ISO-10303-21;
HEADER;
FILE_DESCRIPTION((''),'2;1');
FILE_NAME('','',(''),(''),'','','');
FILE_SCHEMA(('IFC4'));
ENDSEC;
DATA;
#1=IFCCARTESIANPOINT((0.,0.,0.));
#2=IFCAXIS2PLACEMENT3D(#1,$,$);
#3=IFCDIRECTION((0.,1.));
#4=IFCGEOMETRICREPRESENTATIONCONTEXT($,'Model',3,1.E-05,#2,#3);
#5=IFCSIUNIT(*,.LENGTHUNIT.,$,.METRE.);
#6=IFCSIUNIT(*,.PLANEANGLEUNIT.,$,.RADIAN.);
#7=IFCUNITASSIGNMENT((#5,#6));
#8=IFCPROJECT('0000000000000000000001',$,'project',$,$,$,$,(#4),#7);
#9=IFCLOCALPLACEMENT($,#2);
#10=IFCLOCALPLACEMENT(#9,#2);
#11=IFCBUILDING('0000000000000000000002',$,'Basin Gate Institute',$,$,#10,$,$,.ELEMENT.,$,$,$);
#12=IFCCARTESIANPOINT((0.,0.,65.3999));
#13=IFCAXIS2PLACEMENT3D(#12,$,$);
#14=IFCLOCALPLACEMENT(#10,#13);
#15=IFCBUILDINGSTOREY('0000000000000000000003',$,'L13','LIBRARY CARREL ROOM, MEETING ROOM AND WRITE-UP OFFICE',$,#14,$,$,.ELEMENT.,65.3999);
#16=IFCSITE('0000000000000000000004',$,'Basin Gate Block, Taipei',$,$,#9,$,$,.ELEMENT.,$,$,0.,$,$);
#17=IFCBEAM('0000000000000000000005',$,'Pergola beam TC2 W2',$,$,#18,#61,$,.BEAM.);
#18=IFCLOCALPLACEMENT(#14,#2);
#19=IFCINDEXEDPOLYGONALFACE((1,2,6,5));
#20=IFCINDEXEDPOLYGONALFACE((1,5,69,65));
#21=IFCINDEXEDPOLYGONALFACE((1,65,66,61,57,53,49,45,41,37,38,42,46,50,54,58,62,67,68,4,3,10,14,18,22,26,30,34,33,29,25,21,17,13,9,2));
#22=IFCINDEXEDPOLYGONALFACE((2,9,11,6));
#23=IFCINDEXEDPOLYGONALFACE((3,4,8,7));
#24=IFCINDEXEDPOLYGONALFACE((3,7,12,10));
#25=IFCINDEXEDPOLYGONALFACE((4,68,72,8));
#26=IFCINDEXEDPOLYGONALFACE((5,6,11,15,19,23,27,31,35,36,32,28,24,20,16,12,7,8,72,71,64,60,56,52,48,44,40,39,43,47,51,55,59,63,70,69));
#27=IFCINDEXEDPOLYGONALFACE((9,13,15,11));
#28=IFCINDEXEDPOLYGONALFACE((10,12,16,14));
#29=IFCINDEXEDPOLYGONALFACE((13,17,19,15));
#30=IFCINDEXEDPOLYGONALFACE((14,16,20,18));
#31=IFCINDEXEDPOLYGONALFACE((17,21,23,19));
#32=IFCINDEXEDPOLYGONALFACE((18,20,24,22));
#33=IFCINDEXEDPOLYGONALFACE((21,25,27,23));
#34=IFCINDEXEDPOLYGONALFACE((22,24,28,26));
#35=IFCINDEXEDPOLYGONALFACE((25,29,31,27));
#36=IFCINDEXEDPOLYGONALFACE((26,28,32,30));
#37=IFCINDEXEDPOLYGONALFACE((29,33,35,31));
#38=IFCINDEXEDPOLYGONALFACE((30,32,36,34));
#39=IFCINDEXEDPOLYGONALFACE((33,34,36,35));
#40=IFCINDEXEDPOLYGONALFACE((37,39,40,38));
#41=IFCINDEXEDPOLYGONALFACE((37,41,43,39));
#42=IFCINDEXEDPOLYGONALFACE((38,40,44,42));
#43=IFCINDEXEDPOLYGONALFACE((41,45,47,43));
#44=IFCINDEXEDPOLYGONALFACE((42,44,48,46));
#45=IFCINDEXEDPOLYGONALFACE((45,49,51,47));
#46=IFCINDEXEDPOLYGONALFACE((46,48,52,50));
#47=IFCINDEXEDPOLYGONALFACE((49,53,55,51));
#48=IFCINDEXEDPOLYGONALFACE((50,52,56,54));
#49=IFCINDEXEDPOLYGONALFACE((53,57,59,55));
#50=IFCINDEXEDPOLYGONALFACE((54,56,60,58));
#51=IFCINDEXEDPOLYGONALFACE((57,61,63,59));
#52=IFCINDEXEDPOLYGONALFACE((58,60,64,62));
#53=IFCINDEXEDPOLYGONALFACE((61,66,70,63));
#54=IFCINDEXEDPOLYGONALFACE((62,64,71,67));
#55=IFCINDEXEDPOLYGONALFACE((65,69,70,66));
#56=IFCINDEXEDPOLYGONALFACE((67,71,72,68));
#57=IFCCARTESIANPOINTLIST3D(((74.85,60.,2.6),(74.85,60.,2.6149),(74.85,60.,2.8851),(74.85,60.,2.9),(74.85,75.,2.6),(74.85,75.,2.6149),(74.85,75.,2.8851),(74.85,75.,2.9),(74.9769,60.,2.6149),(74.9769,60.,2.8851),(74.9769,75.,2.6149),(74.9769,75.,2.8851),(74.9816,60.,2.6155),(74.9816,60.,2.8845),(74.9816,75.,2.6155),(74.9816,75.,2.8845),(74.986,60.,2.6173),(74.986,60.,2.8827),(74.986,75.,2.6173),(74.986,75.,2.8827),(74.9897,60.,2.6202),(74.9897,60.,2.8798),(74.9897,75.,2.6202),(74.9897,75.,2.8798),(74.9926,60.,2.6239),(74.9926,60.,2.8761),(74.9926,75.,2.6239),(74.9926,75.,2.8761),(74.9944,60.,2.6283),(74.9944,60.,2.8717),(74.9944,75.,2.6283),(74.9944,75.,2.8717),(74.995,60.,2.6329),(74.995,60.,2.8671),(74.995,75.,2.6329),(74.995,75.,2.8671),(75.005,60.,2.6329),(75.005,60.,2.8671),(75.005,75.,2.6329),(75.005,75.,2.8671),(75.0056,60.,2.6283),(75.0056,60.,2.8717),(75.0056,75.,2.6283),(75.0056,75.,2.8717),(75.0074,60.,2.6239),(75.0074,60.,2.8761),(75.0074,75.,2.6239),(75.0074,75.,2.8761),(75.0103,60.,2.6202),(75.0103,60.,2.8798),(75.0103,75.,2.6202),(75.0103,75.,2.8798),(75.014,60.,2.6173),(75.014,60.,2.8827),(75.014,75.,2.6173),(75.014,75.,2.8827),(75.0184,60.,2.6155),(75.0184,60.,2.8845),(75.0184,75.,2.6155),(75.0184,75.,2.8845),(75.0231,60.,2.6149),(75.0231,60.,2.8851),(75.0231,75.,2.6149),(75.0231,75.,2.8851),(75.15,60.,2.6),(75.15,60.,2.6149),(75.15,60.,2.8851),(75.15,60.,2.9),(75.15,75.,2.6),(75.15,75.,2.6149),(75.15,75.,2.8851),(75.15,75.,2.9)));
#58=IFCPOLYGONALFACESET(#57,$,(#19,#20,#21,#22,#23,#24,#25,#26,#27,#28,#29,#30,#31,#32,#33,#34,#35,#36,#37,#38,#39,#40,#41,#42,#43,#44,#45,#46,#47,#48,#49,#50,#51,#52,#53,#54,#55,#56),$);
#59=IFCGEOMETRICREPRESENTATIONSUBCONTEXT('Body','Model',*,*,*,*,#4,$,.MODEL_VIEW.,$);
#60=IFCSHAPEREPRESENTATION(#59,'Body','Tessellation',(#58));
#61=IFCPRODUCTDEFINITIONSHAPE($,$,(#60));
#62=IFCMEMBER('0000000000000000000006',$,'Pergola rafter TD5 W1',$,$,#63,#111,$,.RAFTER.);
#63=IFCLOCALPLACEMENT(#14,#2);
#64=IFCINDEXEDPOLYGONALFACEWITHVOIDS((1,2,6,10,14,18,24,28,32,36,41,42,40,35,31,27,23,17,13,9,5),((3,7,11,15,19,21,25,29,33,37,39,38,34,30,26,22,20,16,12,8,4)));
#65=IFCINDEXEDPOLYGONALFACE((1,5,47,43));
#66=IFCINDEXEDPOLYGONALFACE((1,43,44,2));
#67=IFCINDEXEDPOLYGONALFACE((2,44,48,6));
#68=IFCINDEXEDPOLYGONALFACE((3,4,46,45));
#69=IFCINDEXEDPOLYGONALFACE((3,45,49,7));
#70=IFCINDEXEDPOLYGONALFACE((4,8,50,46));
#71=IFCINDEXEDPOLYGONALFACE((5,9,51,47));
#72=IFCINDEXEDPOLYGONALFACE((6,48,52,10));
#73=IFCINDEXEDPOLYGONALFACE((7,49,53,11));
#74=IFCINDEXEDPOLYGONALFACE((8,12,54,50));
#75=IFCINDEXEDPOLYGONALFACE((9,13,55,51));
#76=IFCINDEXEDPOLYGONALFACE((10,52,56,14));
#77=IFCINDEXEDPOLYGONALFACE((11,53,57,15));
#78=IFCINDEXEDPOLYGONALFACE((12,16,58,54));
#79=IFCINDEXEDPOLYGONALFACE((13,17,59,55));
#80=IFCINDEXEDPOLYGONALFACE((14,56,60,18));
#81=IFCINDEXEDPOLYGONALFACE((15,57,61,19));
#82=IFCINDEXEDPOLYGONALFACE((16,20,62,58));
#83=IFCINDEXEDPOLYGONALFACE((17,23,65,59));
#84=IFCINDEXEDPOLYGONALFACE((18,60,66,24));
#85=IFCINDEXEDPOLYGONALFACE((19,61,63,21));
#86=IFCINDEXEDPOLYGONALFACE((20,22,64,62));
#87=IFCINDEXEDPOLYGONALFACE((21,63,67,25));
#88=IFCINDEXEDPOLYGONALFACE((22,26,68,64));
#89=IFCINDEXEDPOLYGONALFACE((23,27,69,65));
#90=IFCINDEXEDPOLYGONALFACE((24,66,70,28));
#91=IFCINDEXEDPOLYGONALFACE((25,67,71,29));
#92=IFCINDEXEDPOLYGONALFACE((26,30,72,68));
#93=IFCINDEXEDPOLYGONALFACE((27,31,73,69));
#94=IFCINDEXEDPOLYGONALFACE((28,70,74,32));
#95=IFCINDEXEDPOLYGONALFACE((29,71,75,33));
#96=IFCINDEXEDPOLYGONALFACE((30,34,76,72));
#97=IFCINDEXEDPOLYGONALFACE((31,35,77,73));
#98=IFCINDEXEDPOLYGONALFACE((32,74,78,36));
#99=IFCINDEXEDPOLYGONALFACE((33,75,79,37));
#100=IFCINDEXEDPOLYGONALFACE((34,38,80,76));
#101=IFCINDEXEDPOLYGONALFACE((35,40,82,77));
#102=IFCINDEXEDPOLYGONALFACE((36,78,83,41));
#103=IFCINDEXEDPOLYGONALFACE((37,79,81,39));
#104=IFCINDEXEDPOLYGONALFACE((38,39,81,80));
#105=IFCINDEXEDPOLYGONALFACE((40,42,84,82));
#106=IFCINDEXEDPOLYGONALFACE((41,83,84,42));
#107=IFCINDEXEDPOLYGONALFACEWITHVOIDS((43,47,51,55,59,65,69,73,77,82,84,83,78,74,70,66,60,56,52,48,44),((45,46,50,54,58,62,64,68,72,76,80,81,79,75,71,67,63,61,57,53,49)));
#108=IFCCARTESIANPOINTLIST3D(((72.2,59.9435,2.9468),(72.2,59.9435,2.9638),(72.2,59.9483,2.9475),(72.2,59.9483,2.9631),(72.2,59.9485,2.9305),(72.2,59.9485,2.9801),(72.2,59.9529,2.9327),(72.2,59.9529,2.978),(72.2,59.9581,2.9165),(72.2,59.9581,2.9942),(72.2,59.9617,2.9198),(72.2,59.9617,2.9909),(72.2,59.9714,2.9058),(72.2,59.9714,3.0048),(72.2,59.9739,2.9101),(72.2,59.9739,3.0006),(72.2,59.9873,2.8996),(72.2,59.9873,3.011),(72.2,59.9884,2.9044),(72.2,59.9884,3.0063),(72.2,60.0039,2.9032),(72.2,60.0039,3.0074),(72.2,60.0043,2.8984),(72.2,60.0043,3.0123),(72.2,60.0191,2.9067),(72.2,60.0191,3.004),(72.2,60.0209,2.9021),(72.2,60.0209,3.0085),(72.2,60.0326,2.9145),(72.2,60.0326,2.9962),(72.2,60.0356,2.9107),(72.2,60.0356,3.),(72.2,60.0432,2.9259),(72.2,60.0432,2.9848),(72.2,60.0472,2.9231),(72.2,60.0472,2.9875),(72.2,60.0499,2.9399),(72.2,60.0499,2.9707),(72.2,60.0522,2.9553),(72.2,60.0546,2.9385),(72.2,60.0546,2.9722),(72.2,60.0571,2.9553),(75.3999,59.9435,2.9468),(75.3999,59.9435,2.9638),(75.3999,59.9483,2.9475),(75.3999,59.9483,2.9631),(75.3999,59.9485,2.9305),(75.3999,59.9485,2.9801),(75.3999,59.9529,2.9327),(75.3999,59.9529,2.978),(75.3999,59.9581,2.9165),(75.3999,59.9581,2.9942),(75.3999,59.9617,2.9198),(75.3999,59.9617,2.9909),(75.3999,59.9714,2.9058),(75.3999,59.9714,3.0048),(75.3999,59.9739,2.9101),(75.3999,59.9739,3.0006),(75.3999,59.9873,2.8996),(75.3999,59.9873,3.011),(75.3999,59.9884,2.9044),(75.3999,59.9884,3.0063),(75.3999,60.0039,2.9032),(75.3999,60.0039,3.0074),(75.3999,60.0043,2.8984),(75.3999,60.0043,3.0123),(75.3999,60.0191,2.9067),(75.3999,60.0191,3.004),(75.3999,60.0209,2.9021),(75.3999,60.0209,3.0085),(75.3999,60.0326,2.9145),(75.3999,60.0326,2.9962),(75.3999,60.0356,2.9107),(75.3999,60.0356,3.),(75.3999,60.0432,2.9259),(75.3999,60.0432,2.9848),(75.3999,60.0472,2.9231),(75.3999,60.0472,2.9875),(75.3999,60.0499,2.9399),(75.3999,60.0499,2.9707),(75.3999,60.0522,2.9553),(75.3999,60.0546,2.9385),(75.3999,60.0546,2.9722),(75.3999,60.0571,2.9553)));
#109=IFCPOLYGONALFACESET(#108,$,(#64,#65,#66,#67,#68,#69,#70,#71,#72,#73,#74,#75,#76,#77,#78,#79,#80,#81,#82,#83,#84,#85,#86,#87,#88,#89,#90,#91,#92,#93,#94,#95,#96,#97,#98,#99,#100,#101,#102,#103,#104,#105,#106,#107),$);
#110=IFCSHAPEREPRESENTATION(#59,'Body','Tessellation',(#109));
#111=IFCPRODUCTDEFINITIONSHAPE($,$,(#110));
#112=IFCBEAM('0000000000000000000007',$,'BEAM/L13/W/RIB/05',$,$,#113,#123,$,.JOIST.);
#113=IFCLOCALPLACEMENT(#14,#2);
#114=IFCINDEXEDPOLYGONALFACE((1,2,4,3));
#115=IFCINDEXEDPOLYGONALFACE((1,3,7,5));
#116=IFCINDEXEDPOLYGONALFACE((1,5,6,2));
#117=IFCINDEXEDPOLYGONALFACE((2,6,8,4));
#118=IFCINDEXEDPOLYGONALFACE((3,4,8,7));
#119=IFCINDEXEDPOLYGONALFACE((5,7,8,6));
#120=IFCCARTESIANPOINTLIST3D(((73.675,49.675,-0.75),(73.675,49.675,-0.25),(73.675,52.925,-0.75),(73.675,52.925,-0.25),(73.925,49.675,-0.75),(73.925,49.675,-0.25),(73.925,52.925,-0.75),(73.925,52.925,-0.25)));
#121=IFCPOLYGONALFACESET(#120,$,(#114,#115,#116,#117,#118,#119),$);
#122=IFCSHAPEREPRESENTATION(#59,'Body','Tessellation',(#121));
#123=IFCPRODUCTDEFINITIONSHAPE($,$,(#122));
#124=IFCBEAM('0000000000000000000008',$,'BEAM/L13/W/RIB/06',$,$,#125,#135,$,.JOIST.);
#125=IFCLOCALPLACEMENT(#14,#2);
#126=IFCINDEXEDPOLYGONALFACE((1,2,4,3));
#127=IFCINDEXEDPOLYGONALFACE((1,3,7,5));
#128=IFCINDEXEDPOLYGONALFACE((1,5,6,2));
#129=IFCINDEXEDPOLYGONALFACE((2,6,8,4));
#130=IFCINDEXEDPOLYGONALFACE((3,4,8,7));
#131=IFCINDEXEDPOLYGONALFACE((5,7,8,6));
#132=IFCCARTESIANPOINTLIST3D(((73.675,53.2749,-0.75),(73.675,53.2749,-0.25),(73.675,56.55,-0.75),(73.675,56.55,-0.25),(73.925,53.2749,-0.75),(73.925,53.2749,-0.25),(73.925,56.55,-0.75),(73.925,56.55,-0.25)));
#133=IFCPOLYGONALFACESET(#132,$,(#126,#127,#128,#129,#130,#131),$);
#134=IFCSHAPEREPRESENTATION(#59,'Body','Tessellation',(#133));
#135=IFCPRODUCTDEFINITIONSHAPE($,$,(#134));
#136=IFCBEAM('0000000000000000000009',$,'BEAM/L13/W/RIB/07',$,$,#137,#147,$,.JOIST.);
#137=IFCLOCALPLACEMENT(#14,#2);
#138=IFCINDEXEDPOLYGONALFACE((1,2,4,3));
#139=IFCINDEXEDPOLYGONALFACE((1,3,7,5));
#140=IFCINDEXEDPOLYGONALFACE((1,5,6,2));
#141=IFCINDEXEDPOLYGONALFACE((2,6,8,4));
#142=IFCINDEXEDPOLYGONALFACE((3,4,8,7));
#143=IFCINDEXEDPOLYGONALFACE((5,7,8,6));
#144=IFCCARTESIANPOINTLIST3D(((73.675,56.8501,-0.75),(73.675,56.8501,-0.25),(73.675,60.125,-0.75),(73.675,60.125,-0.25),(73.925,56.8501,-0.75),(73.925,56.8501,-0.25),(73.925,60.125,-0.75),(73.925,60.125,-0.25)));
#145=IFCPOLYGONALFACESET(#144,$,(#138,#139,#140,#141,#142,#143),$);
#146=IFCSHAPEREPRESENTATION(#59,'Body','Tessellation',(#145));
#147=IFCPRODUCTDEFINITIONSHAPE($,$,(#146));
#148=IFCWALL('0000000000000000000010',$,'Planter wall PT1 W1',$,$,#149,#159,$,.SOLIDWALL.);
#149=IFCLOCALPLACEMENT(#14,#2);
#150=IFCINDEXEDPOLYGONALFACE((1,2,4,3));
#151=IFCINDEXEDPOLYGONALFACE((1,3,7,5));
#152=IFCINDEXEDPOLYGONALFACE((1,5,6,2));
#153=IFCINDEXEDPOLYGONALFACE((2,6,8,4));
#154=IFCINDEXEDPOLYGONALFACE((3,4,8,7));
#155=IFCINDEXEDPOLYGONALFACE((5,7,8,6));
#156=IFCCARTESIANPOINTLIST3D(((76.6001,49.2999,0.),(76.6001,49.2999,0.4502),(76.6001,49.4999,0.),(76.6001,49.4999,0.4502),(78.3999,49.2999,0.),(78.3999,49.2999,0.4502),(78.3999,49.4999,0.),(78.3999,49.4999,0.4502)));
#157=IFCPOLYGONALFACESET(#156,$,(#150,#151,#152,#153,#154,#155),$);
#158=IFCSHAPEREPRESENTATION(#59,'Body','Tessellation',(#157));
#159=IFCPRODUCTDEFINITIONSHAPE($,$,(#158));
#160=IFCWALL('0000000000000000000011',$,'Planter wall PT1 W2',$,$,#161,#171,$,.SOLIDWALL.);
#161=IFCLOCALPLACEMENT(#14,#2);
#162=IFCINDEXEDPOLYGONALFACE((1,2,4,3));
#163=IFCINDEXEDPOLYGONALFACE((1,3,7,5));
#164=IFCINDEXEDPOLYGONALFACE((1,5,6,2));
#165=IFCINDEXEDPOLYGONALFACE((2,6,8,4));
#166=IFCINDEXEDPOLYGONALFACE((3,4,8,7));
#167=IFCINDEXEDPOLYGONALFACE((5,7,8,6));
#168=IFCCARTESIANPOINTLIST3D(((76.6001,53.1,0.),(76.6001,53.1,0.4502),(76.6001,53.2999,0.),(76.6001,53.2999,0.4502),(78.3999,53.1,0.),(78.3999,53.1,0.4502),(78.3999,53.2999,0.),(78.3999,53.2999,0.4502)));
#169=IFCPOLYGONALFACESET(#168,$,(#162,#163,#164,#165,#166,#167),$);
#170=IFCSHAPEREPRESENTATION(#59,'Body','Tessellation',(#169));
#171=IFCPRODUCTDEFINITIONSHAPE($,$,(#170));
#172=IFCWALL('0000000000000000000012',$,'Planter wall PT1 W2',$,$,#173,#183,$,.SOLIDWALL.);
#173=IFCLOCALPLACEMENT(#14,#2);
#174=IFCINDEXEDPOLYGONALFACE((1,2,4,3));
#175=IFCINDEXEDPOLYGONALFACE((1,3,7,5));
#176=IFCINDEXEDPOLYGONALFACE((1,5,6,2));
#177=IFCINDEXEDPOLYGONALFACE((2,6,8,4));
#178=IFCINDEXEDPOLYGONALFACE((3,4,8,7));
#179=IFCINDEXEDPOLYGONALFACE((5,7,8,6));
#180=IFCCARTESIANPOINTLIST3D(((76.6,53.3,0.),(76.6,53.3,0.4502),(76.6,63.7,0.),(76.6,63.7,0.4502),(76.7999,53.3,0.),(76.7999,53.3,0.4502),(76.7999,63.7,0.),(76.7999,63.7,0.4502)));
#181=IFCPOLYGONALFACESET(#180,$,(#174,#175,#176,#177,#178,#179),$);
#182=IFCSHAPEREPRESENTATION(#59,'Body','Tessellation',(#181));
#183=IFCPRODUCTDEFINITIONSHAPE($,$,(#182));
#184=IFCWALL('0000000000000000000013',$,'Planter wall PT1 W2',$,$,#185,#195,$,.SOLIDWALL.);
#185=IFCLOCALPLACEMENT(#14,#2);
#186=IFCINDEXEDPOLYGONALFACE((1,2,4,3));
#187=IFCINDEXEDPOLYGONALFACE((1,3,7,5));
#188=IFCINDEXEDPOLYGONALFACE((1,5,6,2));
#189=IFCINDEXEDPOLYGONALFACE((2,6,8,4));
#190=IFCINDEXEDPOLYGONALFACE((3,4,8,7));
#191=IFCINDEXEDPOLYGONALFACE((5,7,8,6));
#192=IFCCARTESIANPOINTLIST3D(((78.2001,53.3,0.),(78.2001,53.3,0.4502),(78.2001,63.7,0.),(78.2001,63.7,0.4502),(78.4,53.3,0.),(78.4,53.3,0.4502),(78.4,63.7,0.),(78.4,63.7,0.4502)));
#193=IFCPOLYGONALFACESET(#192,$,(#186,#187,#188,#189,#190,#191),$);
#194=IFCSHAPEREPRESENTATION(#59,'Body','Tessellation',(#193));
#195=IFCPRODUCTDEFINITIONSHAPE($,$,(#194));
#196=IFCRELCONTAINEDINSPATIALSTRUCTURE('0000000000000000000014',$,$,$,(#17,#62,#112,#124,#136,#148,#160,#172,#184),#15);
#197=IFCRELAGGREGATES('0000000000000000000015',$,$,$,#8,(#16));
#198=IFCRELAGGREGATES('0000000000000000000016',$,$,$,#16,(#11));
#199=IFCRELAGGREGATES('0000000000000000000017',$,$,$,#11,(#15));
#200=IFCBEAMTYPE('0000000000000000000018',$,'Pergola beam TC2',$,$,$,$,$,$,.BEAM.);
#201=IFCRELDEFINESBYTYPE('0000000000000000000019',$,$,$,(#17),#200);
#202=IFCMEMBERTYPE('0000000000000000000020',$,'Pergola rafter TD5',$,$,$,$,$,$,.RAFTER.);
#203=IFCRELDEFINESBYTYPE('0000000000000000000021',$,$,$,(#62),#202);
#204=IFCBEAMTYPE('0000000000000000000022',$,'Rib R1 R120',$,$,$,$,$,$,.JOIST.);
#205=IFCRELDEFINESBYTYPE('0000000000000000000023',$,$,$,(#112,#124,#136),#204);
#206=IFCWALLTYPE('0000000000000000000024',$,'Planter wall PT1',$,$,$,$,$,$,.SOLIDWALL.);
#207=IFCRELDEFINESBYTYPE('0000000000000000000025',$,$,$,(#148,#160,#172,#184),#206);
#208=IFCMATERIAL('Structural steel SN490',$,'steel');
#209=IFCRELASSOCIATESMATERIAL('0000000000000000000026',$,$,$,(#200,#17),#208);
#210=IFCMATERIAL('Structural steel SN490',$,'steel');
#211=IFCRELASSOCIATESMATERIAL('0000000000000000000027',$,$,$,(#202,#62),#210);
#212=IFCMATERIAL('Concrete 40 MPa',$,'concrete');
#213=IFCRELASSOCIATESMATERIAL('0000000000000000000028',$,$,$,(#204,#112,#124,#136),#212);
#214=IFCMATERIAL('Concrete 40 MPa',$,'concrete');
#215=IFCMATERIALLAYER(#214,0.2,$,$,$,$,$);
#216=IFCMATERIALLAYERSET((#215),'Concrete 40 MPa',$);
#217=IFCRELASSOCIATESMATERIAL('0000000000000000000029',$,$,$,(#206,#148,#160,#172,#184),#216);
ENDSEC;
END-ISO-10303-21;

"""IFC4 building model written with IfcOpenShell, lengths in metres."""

from ifc_helpers import new_model, si_unit, direction, frame, frame_2d, origin, origin_2d, place, context, subcontext, project, spatial, rectangle, hollow_circle, i_section, extrude, material, layer, layer_set, material_profile, profile_set, type_object, element, save


model = new_model("IFC4")

# Units and contexts
model_context = context("Model", 3, precision=1e-05, world=origin(), true_north=direction((0.0, 1.0)))
body_context = subcontext(model_context, "Body", "Model", "MODEL_VIEW")
ifc_project = project(units=[si_unit("LENGTHUNIT", "METRE"), si_unit("PLANEANGLEUNIT", "RADIAN")], contexts=[model_context])

# Site, building, storey
site_placement = place(None, origin())
site = spatial("IfcSite", under=ifc_project, at=site_placement, Name="Basin Gate Block, Taipei", CompositionType="ELEMENT", RefElevation=0.0)
building_placement = place(site_placement, origin())
building = spatial("IfcBuilding", under=site, at=building_placement, Name="Basin Gate Institute", CompositionType="ELEMENT")
storey_placement = place(building_placement, frame((0.0, 0.0, 65.3999)))
storey = spatial("IfcBuildingStorey", under=building, at=storey_placement, Name="L13", Description="LIBRARY CARREL ROOM, MEETING ROOM AND WRITE-UP OFFICE", CompositionType="ELEMENT", Elevation=65.3999)

# Beam
ifc_material_1 = material(Name="Structural steel SN490", Category="steel")
ifc_material_profile_1 = material_profile(ifc_material_1, i_section(OverallWidth=0.3, OverallDepth=0.3, WebThickness=0.01, FlangeThickness=0.0149, FilletRadius=0.0181, at=origin_2d()), Name="H300x300")
ifc_profile_set_1 = profile_set([ifc_material_profile_1], Name="Structural steel SN490")
beam_type_1 = type_object("IfcBeamType", Name="Pergola beam TC2", PredefinedType="BEAM", material=ifc_profile_set_1)
for number, where, z_axis, x_axis, name in (
    (1, (75.0, 60.0, 2.75), (0.0, 1.0, 0.0), (-1.0, 0.0, 0.0), "Pergola beam TC2 W2"),
):
    element("IfcBeam", number, at=place(storey_placement, frame(where, z_axis=z_axis, x_axis=x_axis)), inside=storey, type_object=beam_type_1, material=ifc_profile_set_1, Name=name, PredefinedType="BEAM", context=body_context, shape_type="SweptSolid", body=[
        extrude(i_section(OverallWidth=0.3, OverallDepth=0.3, WebThickness=0.01, FlangeThickness=0.0149, FilletRadius=0.0181, at=origin_2d()), origin(), (0.0, 0.0, 1.0), 15.0),
    ])

# Member
ifc_material_2 = material(Name="Structural steel SN490", Category="steel")
ifc_material_profile_2 = material_profile(ifc_material_2, hollow_circle(Radius=0.0571, WallThickness=0.0049, at=origin_2d()), Name="CHS114x5")
ifc_profile_set_2 = profile_set([ifc_material_profile_2], Name="Structural steel SN490")
member_type = type_object("IfcMemberType", Name="Pergola rafter TD5", PredefinedType="RAFTER", material=ifc_profile_set_2)
member_placement = place(storey_placement, frame((72.2, 60.0, 2.9553), z_axis=(1.0, 0.0, 0.0), x_axis=(0.0, 1.0, 0.0)))
element("IfcMember", 2, at=member_placement, inside=storey, type_object=member_type, material=ifc_profile_set_2, Name="Pergola rafter TD5 W1", PredefinedType="RAFTER", context=body_context, shape_type="SweptSolid", body=[
    extrude(hollow_circle(Radius=0.0571, WallThickness=0.0049, at=origin_2d()), origin(), (0.0, 0.0, 1.0), 3.2),
])

# Beams
ifc_material_3 = material(Name="Concrete 40 MPa", Category="concrete")
ifc_material_profile_3 = material_profile(ifc_material_3, rectangle(XDim=0.25, YDim=0.5, at=origin_2d()), Name="Rib R1 250 x 500")
ifc_profile_set_3 = profile_set([ifc_material_profile_3], Name="Concrete 40 MPa")
beam_type_2 = type_object("IfcBeamType", Name="Rib R1 R120", PredefinedType="JOIST", material=ifc_profile_set_3)
beam_1_placement = place(storey_placement, frame((73.8, 49.675, -0.5), z_axis=(0.0, 1.0, 0.0), x_axis=(-1.0, 0.0, 0.0)))
element("IfcBeam", 3, at=beam_1_placement, inside=storey, type_object=beam_type_2, material=ifc_profile_set_3, Name="BEAM/L13/W/RIB/05", PredefinedType="JOIST", context=body_context, shape_type="SweptSolid", body=[
    extrude(rectangle(XDim=0.25, YDim=0.5, at=origin_2d()), origin(), (0.0, 0.0, 1.0), 3.25),
])
beam_2_placement = place(storey_placement, frame((73.8, 53.2749, -0.5), z_axis=(0.0, 1.0, 0.0), x_axis=(-1.0, 0.0, 0.0)))
element("IfcBeam", 4, at=beam_2_placement, inside=storey, type_object=beam_type_2, material=ifc_profile_set_3, Name="BEAM/L13/W/RIB/06", PredefinedType="JOIST", context=body_context, shape_type="SweptSolid", body=[
    extrude(rectangle(XDim=0.25, YDim=0.5, at=origin_2d()), origin(), (0.0, 0.0, 1.0), 3.2751),
])
beam_3_placement = place(storey_placement, frame((73.8, 56.8501, -0.5), z_axis=(0.0, 1.0, 0.0), x_axis=(-1.0, 0.0, 0.0)))
element("IfcBeam", 5, at=beam_3_placement, inside=storey, type_object=beam_type_2, material=ifc_profile_set_3, Name="BEAM/L13/W/RIB/07", PredefinedType="JOIST", context=body_context, shape_type="SweptSolid", body=[
    extrude(rectangle(XDim=0.25, YDim=0.5, at=origin_2d()), origin(), (0.0, 0.0, 1.0), 3.2749),
])

# Walls
ifc_material_4 = material(Name="Concrete 40 MPa", Category="concrete")
ifc_layer = layer(ifc_material_4, 0.2)
ifc_layer_set = layer_set([ifc_layer], Name="Concrete 40 MPa")
wall_type = type_object("IfcWallType", Name="Planter wall PT1", PredefinedType="SOLIDWALL", material=ifc_layer_set)
for number, where, z_axis, x_axis, name in (
    (6, (76.6001, 49.3999, 0.0), (0.0, 0.0, 1.0), (1.0, 0.0, 0.0), "Planter wall PT1 W1"),
    (7, (76.6001, 53.2, 0.0), (0.0, 0.0, 1.0), (1.0, 0.0, 0.0), "Planter wall PT1 W2"),
):
    element("IfcWall", number, at=place(storey_placement, frame(where, z_axis=z_axis, x_axis=x_axis)), inside=storey, type_object=wall_type, material=ifc_layer_set, Name=name, PredefinedType="SOLIDWALL", context=body_context, shape_type="SweptSolid", body=[
        extrude(rectangle(XDim=1.7998, YDim=0.2, at=frame_2d((0.8999, 0.0))), origin(), (0.0, 0.0, 1.0), 0.4502),
    ])
for number, where, z_axis, x_axis, name in (
    (8, (76.7, 53.3, 0.0), (0.0, 0.0, 1.0), (0.0, 1.0, 0.0), "Planter wall PT1 W2"),
    (9, (78.3, 53.3, 0.0), (0.0, 0.0, 1.0), (0.0, 1.0, 0.0), "Planter wall PT1 W2"),
):
    element("IfcWall", number, at=place(storey_placement, frame(where, z_axis=z_axis, x_axis=x_axis)), inside=storey, type_object=wall_type, material=ifc_layer_set, Name=name, PredefinedType="SOLIDWALL", context=body_context, shape_type="SweptSolid", body=[
        extrude(rectangle(XDim=10.3999, YDim=0.2, at=frame_2d((5.2, 0.0))), origin(), (0.0, 0.0, 1.0), 0.4502),
    ])

save(model, "model.ifc")
